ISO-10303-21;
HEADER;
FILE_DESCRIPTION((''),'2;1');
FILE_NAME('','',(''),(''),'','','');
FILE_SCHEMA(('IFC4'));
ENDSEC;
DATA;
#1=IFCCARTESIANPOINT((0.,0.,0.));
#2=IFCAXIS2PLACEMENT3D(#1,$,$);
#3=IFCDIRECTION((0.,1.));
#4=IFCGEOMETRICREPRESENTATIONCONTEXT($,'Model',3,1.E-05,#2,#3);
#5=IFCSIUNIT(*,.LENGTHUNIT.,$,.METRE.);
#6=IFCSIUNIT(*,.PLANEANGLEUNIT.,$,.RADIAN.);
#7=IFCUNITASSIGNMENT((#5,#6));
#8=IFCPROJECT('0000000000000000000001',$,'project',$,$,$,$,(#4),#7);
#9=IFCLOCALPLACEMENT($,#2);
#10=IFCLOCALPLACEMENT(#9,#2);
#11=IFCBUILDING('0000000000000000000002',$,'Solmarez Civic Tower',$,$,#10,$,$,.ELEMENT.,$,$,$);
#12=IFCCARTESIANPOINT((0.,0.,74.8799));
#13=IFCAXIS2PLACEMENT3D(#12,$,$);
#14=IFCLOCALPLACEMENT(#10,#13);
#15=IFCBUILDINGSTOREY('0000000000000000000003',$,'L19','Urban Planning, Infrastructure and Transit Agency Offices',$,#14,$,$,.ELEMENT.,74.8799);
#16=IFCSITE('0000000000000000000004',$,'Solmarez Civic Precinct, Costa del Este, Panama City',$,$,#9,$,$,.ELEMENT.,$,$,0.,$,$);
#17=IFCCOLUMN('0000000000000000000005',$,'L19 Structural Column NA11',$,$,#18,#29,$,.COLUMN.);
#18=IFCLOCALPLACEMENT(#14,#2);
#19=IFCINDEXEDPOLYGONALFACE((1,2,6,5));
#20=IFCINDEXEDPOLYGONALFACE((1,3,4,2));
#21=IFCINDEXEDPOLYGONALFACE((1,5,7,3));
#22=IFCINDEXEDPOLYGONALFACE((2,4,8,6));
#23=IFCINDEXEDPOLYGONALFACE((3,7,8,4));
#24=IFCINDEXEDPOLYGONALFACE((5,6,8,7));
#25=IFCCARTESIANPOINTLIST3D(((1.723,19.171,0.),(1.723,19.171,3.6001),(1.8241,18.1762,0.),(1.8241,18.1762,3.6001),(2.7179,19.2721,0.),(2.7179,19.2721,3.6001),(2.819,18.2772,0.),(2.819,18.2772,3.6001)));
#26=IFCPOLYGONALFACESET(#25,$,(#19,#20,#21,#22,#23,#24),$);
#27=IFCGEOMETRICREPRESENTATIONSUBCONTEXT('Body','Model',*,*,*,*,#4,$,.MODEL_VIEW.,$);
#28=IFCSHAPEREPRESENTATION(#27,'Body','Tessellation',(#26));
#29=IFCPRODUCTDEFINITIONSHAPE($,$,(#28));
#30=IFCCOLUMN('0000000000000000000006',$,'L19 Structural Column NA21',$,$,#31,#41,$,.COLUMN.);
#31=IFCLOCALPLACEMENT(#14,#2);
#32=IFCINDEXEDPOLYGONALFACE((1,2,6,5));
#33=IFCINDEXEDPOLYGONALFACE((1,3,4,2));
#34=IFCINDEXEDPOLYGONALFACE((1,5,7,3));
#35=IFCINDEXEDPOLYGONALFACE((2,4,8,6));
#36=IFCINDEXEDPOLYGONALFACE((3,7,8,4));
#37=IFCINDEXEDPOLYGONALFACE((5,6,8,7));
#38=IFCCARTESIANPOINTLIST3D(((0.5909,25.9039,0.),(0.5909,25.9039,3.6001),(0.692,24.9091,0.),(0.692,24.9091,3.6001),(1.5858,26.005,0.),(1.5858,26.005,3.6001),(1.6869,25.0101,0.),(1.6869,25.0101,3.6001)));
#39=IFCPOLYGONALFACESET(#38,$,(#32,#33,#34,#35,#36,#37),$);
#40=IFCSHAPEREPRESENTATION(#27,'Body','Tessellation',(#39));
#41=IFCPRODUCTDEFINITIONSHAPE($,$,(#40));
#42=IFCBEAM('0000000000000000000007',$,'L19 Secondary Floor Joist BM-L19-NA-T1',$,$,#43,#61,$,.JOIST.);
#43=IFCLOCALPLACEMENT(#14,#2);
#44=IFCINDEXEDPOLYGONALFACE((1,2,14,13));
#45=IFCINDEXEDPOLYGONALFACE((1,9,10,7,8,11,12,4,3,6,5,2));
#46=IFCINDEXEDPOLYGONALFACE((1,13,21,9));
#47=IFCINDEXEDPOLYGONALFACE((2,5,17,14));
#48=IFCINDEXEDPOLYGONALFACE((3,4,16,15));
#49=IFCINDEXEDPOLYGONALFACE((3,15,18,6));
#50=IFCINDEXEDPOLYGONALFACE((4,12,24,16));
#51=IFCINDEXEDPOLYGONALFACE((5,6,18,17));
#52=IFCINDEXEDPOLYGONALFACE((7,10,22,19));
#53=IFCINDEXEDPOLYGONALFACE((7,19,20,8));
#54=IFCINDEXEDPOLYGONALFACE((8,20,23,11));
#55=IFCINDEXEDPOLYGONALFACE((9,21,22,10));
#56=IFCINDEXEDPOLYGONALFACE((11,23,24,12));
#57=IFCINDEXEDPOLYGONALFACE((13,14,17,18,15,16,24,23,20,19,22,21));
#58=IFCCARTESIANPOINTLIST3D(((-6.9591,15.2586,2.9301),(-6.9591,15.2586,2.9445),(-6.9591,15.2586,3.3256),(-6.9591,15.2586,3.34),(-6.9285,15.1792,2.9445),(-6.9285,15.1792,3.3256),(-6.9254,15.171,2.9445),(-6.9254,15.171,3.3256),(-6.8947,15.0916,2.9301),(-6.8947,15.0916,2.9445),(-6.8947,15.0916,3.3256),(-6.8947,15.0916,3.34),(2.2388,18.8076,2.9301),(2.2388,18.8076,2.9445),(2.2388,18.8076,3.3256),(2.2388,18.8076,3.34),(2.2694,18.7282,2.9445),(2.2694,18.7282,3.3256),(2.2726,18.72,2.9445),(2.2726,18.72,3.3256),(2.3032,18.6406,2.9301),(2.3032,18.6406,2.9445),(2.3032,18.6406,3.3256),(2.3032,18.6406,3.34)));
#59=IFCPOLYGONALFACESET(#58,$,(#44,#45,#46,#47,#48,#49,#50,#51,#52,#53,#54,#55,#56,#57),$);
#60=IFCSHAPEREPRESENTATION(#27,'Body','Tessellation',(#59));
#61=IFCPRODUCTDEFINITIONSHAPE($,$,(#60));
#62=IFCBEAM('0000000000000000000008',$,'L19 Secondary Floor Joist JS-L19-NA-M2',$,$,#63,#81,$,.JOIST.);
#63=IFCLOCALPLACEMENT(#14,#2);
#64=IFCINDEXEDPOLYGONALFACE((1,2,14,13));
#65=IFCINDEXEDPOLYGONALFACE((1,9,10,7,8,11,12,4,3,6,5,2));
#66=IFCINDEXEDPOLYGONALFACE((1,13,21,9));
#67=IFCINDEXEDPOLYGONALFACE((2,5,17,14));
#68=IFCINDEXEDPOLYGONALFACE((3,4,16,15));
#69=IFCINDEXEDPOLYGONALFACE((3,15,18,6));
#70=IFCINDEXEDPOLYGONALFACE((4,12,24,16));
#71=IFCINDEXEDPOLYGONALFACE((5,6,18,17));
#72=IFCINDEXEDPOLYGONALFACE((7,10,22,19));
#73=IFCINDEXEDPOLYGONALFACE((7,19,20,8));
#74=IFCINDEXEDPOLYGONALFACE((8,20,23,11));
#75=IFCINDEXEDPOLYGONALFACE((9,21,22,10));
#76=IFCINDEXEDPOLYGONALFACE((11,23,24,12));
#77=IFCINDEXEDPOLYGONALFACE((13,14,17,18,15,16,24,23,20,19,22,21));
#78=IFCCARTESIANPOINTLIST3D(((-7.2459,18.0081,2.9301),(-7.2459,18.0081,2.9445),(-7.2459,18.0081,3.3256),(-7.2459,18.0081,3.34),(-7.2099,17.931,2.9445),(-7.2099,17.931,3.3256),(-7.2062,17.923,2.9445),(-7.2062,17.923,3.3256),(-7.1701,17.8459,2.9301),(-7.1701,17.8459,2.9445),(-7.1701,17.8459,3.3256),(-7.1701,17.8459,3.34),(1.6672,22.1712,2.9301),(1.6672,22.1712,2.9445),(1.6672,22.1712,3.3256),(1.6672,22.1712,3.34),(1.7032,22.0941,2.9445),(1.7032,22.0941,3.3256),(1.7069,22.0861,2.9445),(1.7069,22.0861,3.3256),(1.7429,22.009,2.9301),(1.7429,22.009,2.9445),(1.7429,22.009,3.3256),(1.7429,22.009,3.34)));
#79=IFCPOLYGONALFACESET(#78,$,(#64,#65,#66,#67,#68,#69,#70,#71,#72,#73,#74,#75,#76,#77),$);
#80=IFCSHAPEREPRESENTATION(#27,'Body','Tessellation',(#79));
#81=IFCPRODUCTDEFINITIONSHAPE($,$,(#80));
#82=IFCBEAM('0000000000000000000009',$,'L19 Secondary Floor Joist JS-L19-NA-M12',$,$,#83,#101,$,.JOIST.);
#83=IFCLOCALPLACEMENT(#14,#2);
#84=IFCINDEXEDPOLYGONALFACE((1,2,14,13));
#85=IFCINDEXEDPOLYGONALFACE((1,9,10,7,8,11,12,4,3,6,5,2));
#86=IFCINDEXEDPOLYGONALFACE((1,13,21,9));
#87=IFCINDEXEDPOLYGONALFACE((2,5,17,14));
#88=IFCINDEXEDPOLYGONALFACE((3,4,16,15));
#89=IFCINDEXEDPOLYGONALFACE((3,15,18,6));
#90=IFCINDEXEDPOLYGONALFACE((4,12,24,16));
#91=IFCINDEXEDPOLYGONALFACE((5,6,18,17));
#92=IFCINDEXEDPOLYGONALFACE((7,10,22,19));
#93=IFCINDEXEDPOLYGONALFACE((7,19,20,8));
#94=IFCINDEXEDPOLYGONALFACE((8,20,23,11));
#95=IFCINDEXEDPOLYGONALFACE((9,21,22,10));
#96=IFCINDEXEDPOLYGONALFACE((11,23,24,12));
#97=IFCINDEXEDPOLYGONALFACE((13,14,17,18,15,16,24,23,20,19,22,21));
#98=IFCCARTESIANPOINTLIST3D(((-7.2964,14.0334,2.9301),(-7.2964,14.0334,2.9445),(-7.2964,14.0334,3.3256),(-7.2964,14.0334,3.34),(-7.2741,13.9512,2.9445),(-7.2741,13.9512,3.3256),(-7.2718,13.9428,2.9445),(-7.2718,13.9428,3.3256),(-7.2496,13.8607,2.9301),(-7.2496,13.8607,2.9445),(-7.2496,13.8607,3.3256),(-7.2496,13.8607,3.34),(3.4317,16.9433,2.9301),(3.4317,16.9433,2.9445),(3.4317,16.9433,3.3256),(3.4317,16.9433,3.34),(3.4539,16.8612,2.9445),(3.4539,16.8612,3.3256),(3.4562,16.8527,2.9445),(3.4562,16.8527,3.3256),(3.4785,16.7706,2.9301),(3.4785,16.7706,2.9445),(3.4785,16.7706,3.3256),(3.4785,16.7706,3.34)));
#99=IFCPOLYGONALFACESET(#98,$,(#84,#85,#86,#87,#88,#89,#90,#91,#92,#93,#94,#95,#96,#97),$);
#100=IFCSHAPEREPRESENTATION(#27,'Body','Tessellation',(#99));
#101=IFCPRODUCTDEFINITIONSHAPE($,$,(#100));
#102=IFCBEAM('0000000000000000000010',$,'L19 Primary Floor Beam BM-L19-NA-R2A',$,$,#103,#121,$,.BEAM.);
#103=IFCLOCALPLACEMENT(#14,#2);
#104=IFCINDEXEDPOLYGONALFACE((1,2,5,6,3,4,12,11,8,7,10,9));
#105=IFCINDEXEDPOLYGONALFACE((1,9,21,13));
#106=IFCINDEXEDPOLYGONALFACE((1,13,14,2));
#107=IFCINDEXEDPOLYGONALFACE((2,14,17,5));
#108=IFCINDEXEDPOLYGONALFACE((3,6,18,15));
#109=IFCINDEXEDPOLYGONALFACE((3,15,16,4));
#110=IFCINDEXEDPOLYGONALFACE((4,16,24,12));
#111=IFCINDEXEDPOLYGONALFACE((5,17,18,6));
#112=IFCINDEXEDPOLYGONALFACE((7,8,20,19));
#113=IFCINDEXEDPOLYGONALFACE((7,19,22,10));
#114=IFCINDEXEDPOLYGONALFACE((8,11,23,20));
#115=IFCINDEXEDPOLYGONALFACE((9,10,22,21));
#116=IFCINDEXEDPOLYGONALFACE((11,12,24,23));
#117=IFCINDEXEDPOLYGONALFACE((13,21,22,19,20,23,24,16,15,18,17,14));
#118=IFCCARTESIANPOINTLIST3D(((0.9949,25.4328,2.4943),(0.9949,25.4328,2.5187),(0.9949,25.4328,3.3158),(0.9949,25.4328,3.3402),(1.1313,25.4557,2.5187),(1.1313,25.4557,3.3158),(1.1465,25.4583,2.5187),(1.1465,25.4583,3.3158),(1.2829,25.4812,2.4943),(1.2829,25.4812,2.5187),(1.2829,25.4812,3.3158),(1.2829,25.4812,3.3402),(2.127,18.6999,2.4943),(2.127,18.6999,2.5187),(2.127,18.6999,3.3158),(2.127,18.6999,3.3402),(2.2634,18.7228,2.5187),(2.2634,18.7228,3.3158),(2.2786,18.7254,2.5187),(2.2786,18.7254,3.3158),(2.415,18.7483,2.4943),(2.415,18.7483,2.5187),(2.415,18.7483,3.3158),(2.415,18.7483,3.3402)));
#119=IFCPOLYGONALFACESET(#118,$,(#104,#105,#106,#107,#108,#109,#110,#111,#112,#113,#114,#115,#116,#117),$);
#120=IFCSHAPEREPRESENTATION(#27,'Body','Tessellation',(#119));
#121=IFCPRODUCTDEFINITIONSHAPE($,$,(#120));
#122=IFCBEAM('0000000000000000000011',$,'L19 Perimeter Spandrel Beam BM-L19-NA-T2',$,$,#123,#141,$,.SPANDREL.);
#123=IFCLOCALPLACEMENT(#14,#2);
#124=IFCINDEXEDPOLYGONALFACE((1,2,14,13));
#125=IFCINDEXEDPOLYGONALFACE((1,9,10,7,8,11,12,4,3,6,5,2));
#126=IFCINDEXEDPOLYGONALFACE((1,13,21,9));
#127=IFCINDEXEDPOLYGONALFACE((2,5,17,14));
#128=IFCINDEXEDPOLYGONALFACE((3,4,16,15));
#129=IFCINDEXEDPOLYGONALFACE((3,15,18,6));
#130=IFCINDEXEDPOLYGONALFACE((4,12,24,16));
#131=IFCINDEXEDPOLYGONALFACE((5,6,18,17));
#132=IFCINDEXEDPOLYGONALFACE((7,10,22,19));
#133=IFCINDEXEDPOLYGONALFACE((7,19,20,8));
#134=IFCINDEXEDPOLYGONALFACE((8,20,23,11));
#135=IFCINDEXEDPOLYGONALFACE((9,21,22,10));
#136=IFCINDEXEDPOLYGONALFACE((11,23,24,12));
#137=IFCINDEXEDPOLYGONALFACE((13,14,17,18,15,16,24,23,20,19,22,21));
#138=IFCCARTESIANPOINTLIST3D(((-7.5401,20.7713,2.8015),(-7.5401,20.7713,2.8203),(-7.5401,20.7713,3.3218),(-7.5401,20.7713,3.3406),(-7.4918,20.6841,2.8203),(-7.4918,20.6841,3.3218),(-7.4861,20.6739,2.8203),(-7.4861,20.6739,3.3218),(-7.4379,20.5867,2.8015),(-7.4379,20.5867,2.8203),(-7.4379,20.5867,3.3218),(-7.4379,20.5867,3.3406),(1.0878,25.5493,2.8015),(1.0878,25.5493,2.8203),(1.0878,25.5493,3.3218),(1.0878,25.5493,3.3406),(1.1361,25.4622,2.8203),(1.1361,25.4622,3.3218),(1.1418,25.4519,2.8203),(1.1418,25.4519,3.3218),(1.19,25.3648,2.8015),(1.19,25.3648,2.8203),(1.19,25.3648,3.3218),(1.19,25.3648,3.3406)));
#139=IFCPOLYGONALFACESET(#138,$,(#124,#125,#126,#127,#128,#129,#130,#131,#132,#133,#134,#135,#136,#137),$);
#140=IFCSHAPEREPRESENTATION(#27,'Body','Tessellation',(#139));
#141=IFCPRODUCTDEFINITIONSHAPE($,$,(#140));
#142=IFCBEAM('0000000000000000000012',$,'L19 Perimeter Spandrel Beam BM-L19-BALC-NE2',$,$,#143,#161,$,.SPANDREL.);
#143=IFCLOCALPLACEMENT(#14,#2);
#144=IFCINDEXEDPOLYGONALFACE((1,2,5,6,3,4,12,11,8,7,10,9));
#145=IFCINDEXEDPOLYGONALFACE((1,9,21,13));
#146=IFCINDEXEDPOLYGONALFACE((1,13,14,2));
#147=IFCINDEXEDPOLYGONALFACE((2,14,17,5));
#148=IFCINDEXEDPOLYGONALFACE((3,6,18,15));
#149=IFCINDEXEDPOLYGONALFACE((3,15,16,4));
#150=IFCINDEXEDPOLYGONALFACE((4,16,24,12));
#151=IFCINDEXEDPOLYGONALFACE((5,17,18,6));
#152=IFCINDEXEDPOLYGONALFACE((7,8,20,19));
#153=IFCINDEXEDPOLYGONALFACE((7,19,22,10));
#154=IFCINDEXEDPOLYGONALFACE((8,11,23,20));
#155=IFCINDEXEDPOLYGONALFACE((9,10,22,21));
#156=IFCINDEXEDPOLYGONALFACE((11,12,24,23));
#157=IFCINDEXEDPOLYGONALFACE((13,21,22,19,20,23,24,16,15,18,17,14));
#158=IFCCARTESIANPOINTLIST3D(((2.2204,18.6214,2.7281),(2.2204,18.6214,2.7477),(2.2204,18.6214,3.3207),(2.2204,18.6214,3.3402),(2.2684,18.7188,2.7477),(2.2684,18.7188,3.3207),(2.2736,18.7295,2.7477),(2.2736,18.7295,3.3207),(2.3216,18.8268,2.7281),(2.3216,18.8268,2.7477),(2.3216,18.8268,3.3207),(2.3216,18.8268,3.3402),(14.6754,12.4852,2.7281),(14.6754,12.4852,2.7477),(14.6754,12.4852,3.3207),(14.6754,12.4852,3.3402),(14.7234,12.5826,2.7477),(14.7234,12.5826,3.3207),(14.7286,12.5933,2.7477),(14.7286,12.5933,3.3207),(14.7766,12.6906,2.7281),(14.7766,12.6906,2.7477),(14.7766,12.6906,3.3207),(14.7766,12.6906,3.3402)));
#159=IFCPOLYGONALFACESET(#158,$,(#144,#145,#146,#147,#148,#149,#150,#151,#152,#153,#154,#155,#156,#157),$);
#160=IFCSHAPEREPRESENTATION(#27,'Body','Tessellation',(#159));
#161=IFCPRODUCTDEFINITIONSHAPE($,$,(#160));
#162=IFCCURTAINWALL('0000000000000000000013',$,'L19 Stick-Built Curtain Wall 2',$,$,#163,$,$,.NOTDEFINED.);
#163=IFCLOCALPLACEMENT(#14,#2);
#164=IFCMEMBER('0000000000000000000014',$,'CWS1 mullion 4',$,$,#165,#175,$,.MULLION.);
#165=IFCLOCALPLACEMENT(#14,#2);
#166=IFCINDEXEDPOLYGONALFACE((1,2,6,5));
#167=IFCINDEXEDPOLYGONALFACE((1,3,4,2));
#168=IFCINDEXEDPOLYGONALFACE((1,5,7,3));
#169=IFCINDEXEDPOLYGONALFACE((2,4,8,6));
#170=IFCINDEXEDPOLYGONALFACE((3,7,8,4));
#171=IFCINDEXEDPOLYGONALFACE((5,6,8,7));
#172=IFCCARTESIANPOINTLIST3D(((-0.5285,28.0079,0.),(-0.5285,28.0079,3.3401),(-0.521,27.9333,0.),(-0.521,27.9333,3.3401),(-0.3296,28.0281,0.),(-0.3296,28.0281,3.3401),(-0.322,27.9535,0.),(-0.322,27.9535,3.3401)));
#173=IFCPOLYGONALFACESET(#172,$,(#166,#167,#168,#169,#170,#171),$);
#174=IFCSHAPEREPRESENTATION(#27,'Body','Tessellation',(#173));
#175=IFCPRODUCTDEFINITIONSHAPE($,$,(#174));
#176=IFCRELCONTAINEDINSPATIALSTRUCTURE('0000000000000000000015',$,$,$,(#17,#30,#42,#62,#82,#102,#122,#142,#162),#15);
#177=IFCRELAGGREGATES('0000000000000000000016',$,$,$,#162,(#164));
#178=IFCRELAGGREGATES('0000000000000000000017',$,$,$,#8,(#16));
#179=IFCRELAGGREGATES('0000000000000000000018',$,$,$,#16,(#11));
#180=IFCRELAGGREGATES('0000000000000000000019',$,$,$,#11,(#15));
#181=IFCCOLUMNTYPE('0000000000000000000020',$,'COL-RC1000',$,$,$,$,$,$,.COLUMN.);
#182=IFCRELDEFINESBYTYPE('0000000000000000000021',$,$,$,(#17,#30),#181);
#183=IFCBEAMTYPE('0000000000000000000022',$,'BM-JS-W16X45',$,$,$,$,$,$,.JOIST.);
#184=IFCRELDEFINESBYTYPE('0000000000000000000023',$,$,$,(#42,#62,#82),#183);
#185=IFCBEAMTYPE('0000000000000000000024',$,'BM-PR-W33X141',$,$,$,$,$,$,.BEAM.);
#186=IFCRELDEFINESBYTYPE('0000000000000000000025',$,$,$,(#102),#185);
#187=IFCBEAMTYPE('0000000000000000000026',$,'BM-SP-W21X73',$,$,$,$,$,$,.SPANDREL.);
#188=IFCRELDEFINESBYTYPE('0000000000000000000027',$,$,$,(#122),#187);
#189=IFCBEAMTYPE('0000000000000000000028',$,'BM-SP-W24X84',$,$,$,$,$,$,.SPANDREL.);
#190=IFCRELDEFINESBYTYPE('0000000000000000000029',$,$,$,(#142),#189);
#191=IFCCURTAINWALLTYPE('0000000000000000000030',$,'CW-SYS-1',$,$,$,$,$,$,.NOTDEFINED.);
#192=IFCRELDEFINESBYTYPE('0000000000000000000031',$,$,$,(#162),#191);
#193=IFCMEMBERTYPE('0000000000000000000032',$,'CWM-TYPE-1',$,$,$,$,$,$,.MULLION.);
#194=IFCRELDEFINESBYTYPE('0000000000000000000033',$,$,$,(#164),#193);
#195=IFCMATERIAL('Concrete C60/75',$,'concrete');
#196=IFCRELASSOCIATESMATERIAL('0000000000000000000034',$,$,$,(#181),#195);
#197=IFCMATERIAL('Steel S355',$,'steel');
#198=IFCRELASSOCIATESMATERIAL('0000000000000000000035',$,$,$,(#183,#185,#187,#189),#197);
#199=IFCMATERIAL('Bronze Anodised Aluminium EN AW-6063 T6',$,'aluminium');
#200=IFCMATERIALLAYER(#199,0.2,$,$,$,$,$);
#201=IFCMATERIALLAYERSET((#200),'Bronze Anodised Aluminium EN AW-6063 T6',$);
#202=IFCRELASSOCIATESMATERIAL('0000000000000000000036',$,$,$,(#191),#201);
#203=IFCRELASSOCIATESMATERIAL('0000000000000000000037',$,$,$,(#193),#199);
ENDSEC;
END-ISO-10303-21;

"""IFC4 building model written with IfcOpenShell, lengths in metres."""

from ifc_helpers import new_model, si_unit, direction, frame, origin, origin_2d, place, context, subcontext, project, spatial, rectangle, i_section, extrude, material, layer, layer_set, material_profile, profile_set, type_object, element, aggregate, save


model = new_model("IFC4")

# Units and contexts
model_context = context("Model", 3, precision=1e-05, world=origin(), true_north=direction((0.0, 1.0)))
body_context = subcontext(model_context, "Body", "Model", "MODEL_VIEW")
ifc_project = project(units=[si_unit("LENGTHUNIT", "METRE"), si_unit("PLANEANGLEUNIT", "RADIAN")], contexts=[model_context])

# Site, building, storey
site_placement = place(None, origin())
site = spatial("IfcSite", under=ifc_project, at=site_placement, Name="Solmarez Civic Precinct, Costa del Este, Panama City", CompositionType="ELEMENT", RefElevation=0.0)
building_placement = place(site_placement, origin())
building = spatial("IfcBuilding", under=site, at=building_placement, Name="Solmarez Civic Tower", CompositionType="ELEMENT")
storey_placement = place(building_placement, frame((0.0, 0.0, 74.8799)))
storey = spatial("IfcBuildingStorey", under=building, at=storey_placement, Name="L19", Description="Urban Planning, Infrastructure and Transit Agency Offices", CompositionType="ELEMENT", Elevation=74.8799)

# Columns
ifc_material_1 = material(Name="Concrete C60/75", Category="concrete")
ifc_material_profile_1 = material_profile(ifc_material_1, rectangle(XDim=1.0, YDim=1.0, at=origin_2d()), Name="RC1000X1000")
ifc_profile_set_1 = profile_set([ifc_material_profile_1], Name="Concrete C60/75")
column_type = type_object("IfcColumnType", Name="COL-RC1000", PredefinedType="COLUMN", material=ifc_profile_set_1)
for number, where, z_axis, x_axis, name in (
    (1, (2.271, 18.7241, 0.0), (0.0, 0.0, 1.0), (0.994881, 0.101056, 0.0), "L19 Structural Column NA11"),
    (2, (1.1389, 25.457, 0.0), (0.0, 0.0, 1.0), (0.994881, 0.101056, 0.0), "L19 Structural Column NA21"),
):
    element("IfcColumn", number, at=place(storey_placement, frame(where, z_axis=z_axis, x_axis=x_axis)), inside=storey, type_object=column_type, Name=name, PredefinedType="COLUMN", context=body_context, shape_type="SweptSolid", body=[
        extrude(rectangle(XDim=1.0, YDim=1.0, at=origin_2d()), origin(), (0.0, 0.0, 1.0), 3.6001),
    ])

# Beams
ifc_material_2 = material(Name="Steel S355", Category="steel")
ifc_material_profile_2 = material_profile(ifc_material_2, i_section(OverallWidth=0.179, OverallDepth=0.4099, WebThickness=0.0088, FlangeThickness=0.0144, at=origin_2d()), Name="W16X45")
ifc_profile_set_2 = profile_set([ifc_material_profile_2], Name="Steel S355")
beam_type_1 = type_object("IfcBeamType", Name="BM-JS-W16X45", PredefinedType="JOIST", material=ifc_profile_set_2)
beam_1_placement = place(storey_placement, frame((2.271, 18.7241, 3.135), z_axis=(-0.932958, -0.359984, 0.0), x_axis=(0.359984, -0.932958, 0.0)))
element("IfcBeam", 3, at=beam_1_placement, inside=storey, type_object=beam_type_1, Name="L19 Secondary Floor Joist BM-L19-NA-T1", PredefinedType="JOIST", context=body_context, shape_type="SweptSolid", body=[
    extrude(i_section(OverallWidth=0.179, OverallDepth=0.4099, WebThickness=0.0088, FlangeThickness=0.0144, at=origin_2d()), origin(), (0.0, 0.0, 1.0), 9.8589),
])
beam_2_placement = place(storey_placement, frame((1.7051, 22.0901, 3.135), z_axis=(-0.906041, -0.42319, 0.0), x_axis=(0.42319, -0.906041, 0.0)))
element("IfcBeam", 4, at=beam_2_placement, inside=storey, type_object=beam_type_1, Name="L19 Secondary Floor Joist JS-L19-NA-M2", PredefinedType="JOIST", context=body_context, shape_type="SweptSolid", body=[
    extrude(i_section(OverallWidth=0.179, OverallDepth=0.4099, WebThickness=0.0088, FlangeThickness=0.0144, at=origin_2d()), origin(), (0.0, 0.0, 1.0), 9.8374),
])
beam_3_placement = place(storey_placement, frame((3.4551, 16.8569, 3.135), z_axis=(-0.965126, -0.261785, 0.0), x_axis=(0.261785, -0.965126, 0.0)))
element("IfcBeam", 5, at=beam_3_placement, inside=storey, type_object=beam_type_1, Name="L19 Secondary Floor Joist JS-L19-NA-M12", PredefinedType="JOIST", context=body_context, shape_type="SweptSolid", body=[
    extrude(i_section(OverallWidth=0.179, OverallDepth=0.4099, WebThickness=0.0088, FlangeThickness=0.0144, at=origin_2d()), origin(), (0.0, 0.0, 1.0), 11.1157),
])
ifc_material_profile_3 = material_profile(ifc_material_2, i_section(OverallWidth=0.292, OverallDepth=0.8459, WebThickness=0.0154, FlangeThickness=0.0244, at=origin_2d()), Name="W33X141")
ifc_profile_set_3 = profile_set([ifc_material_profile_3], Name="Steel S355")
beam_type_2 = type_object("IfcBeamType", Name="BM-PR-W33X141", PredefinedType="BEAM", material=ifc_profile_set_3)
beam_4_placement = place(storey_placement, frame((2.271, 18.7241, 2.9172), z_axis=(-0.165814, 0.986157, 0.0), x_axis=(-0.986157, -0.165814, 0.0)))
element("IfcBeam", 6, at=beam_4_placement, inside=storey, type_object=beam_type_2, Name="L19 Primary Floor Beam BM-L19-NA-R2A", PredefinedType="BEAM", context=body_context, shape_type="SweptSolid", body=[
    extrude(i_section(OverallWidth=0.292, OverallDepth=0.8459, WebThickness=0.0154, FlangeThickness=0.0244, at=origin_2d()), origin(), (0.0, 0.0, 1.0), 6.8274),
])
ifc_material_profile_4 = material_profile(ifc_material_2, i_section(OverallWidth=0.2109, OverallDepth=0.5391, WebThickness=0.0117, FlangeThickness=0.0188, at=origin_2d()), Name="W21X73")
ifc_profile_set_4 = profile_set([ifc_material_profile_4], Name="Steel S355")
beam_type_3 = type_object("IfcBeamType", Name="BM-SP-W21X73", PredefinedType="SPANDREL", material=ifc_profile_set_4)
beam_5_placement = place(storey_placement, frame((1.1389, 25.457, 3.071), z_axis=(-0.874812, -0.484463, 0.0), x_axis=(0.484463, -0.874812, 0.0)))
element("IfcBeam", 7, at=beam_5_placement, inside=storey, type_object=beam_type_3, Name="L19 Perimeter Spandrel Beam BM-L19-NA-T2", PredefinedType="SPANDREL", context=body_context, shape_type="SweptSolid", body=[
    extrude(i_section(OverallWidth=0.2109, OverallDepth=0.5391, WebThickness=0.0117, FlangeThickness=0.0188, at=origin_2d()), origin(), (0.0, 0.0, 1.0), 9.8625),
])
ifc_material_profile_5 = material_profile(ifc_material_2, i_section(OverallWidth=0.229, OverallDepth=0.6121, WebThickness=0.012, FlangeThickness=0.0195, at=origin_2d()), Name="W24X84")
ifc_profile_set_5 = profile_set([ifc_material_profile_5], Name="Steel S355")
beam_type_4 = type_object("IfcBeamType", Name="BM-SP-W24X84", PredefinedType="SPANDREL", material=ifc_profile_set_5)
beam_6_placement = place(storey_placement, frame((2.271, 18.7241, 3.0342), z_axis=(0.897042, -0.441945, 0.0), x_axis=(0.441945, 0.897042, 0.0)))
element("IfcBeam", 8, at=beam_6_placement, inside=storey, type_object=beam_type_4, Name="L19 Perimeter Spandrel Beam BM-L19-BALC-NE2", PredefinedType="SPANDREL", context=body_context, shape_type="SweptSolid", body=[
    extrude(i_section(OverallWidth=0.229, OverallDepth=0.6121, WebThickness=0.012, FlangeThickness=0.0195, at=origin_2d()), origin(), (0.0, 0.0, 1.0), 13.8845),
])

# Curtain wall, member
ifc_material_3 = material(Name="Bronze Anodised Aluminium EN AW-6063 T6", Category="aluminium")
ifc_layer_1 = layer(ifc_material_3, 0.2)
ifc_layer_set_1 = layer_set([ifc_layer_1], Name="Bronze Anodised Aluminium EN AW-6063 T6")
curtain_wall_type = type_object("IfcCurtainWallType", Name="CW-SYS-1", PredefinedType="NOTDEFINED", material=ifc_layer_set_1)
curtain_wall_placement = place(storey_placement, origin())
curtain_wall = element("IfcCurtainWall", 9, at=curtain_wall_placement, inside=storey, type_object=curtain_wall_type, Name="L19 Stick-Built Curtain Wall 2", PredefinedType="NOTDEFINED")
ifc_material_profile_6 = material_profile(ifc_material_3, rectangle(XDim=0.075, YDim=0.2, at=origin_2d()), Name="CWM-75X200")
ifc_profile_set_6 = profile_set([ifc_material_profile_6], Name="Bronze Anodised Aluminium EN AW-6063 T6")
member_type_1 = type_object("IfcMemberType", Name="CWM-TYPE-1", PredefinedType="MULLION", material=ifc_profile_set_6)
member_1_placement = place(storey_placement, frame((-0.4253, 27.9807, 0.0), z_axis=(0.0, 0.0, 1.0), x_axis=(-0.101161, 0.99487, 0.0)))
member_1 = element("IfcMember", 10, at=member_1_placement, type_object=member_type_1, Name="CWS1 mullion 4", PredefinedType="MULLION", context=body_context, shape_type="SweptSolid", body=[
    extrude(rectangle(XDim=0.075, YDim=0.2, at=origin_2d()), origin(), (0.0, 0.0, 1.0), 3.3401),
])
aggregate(curtain_wall, [member_1])

save(model, "model.ifc")
